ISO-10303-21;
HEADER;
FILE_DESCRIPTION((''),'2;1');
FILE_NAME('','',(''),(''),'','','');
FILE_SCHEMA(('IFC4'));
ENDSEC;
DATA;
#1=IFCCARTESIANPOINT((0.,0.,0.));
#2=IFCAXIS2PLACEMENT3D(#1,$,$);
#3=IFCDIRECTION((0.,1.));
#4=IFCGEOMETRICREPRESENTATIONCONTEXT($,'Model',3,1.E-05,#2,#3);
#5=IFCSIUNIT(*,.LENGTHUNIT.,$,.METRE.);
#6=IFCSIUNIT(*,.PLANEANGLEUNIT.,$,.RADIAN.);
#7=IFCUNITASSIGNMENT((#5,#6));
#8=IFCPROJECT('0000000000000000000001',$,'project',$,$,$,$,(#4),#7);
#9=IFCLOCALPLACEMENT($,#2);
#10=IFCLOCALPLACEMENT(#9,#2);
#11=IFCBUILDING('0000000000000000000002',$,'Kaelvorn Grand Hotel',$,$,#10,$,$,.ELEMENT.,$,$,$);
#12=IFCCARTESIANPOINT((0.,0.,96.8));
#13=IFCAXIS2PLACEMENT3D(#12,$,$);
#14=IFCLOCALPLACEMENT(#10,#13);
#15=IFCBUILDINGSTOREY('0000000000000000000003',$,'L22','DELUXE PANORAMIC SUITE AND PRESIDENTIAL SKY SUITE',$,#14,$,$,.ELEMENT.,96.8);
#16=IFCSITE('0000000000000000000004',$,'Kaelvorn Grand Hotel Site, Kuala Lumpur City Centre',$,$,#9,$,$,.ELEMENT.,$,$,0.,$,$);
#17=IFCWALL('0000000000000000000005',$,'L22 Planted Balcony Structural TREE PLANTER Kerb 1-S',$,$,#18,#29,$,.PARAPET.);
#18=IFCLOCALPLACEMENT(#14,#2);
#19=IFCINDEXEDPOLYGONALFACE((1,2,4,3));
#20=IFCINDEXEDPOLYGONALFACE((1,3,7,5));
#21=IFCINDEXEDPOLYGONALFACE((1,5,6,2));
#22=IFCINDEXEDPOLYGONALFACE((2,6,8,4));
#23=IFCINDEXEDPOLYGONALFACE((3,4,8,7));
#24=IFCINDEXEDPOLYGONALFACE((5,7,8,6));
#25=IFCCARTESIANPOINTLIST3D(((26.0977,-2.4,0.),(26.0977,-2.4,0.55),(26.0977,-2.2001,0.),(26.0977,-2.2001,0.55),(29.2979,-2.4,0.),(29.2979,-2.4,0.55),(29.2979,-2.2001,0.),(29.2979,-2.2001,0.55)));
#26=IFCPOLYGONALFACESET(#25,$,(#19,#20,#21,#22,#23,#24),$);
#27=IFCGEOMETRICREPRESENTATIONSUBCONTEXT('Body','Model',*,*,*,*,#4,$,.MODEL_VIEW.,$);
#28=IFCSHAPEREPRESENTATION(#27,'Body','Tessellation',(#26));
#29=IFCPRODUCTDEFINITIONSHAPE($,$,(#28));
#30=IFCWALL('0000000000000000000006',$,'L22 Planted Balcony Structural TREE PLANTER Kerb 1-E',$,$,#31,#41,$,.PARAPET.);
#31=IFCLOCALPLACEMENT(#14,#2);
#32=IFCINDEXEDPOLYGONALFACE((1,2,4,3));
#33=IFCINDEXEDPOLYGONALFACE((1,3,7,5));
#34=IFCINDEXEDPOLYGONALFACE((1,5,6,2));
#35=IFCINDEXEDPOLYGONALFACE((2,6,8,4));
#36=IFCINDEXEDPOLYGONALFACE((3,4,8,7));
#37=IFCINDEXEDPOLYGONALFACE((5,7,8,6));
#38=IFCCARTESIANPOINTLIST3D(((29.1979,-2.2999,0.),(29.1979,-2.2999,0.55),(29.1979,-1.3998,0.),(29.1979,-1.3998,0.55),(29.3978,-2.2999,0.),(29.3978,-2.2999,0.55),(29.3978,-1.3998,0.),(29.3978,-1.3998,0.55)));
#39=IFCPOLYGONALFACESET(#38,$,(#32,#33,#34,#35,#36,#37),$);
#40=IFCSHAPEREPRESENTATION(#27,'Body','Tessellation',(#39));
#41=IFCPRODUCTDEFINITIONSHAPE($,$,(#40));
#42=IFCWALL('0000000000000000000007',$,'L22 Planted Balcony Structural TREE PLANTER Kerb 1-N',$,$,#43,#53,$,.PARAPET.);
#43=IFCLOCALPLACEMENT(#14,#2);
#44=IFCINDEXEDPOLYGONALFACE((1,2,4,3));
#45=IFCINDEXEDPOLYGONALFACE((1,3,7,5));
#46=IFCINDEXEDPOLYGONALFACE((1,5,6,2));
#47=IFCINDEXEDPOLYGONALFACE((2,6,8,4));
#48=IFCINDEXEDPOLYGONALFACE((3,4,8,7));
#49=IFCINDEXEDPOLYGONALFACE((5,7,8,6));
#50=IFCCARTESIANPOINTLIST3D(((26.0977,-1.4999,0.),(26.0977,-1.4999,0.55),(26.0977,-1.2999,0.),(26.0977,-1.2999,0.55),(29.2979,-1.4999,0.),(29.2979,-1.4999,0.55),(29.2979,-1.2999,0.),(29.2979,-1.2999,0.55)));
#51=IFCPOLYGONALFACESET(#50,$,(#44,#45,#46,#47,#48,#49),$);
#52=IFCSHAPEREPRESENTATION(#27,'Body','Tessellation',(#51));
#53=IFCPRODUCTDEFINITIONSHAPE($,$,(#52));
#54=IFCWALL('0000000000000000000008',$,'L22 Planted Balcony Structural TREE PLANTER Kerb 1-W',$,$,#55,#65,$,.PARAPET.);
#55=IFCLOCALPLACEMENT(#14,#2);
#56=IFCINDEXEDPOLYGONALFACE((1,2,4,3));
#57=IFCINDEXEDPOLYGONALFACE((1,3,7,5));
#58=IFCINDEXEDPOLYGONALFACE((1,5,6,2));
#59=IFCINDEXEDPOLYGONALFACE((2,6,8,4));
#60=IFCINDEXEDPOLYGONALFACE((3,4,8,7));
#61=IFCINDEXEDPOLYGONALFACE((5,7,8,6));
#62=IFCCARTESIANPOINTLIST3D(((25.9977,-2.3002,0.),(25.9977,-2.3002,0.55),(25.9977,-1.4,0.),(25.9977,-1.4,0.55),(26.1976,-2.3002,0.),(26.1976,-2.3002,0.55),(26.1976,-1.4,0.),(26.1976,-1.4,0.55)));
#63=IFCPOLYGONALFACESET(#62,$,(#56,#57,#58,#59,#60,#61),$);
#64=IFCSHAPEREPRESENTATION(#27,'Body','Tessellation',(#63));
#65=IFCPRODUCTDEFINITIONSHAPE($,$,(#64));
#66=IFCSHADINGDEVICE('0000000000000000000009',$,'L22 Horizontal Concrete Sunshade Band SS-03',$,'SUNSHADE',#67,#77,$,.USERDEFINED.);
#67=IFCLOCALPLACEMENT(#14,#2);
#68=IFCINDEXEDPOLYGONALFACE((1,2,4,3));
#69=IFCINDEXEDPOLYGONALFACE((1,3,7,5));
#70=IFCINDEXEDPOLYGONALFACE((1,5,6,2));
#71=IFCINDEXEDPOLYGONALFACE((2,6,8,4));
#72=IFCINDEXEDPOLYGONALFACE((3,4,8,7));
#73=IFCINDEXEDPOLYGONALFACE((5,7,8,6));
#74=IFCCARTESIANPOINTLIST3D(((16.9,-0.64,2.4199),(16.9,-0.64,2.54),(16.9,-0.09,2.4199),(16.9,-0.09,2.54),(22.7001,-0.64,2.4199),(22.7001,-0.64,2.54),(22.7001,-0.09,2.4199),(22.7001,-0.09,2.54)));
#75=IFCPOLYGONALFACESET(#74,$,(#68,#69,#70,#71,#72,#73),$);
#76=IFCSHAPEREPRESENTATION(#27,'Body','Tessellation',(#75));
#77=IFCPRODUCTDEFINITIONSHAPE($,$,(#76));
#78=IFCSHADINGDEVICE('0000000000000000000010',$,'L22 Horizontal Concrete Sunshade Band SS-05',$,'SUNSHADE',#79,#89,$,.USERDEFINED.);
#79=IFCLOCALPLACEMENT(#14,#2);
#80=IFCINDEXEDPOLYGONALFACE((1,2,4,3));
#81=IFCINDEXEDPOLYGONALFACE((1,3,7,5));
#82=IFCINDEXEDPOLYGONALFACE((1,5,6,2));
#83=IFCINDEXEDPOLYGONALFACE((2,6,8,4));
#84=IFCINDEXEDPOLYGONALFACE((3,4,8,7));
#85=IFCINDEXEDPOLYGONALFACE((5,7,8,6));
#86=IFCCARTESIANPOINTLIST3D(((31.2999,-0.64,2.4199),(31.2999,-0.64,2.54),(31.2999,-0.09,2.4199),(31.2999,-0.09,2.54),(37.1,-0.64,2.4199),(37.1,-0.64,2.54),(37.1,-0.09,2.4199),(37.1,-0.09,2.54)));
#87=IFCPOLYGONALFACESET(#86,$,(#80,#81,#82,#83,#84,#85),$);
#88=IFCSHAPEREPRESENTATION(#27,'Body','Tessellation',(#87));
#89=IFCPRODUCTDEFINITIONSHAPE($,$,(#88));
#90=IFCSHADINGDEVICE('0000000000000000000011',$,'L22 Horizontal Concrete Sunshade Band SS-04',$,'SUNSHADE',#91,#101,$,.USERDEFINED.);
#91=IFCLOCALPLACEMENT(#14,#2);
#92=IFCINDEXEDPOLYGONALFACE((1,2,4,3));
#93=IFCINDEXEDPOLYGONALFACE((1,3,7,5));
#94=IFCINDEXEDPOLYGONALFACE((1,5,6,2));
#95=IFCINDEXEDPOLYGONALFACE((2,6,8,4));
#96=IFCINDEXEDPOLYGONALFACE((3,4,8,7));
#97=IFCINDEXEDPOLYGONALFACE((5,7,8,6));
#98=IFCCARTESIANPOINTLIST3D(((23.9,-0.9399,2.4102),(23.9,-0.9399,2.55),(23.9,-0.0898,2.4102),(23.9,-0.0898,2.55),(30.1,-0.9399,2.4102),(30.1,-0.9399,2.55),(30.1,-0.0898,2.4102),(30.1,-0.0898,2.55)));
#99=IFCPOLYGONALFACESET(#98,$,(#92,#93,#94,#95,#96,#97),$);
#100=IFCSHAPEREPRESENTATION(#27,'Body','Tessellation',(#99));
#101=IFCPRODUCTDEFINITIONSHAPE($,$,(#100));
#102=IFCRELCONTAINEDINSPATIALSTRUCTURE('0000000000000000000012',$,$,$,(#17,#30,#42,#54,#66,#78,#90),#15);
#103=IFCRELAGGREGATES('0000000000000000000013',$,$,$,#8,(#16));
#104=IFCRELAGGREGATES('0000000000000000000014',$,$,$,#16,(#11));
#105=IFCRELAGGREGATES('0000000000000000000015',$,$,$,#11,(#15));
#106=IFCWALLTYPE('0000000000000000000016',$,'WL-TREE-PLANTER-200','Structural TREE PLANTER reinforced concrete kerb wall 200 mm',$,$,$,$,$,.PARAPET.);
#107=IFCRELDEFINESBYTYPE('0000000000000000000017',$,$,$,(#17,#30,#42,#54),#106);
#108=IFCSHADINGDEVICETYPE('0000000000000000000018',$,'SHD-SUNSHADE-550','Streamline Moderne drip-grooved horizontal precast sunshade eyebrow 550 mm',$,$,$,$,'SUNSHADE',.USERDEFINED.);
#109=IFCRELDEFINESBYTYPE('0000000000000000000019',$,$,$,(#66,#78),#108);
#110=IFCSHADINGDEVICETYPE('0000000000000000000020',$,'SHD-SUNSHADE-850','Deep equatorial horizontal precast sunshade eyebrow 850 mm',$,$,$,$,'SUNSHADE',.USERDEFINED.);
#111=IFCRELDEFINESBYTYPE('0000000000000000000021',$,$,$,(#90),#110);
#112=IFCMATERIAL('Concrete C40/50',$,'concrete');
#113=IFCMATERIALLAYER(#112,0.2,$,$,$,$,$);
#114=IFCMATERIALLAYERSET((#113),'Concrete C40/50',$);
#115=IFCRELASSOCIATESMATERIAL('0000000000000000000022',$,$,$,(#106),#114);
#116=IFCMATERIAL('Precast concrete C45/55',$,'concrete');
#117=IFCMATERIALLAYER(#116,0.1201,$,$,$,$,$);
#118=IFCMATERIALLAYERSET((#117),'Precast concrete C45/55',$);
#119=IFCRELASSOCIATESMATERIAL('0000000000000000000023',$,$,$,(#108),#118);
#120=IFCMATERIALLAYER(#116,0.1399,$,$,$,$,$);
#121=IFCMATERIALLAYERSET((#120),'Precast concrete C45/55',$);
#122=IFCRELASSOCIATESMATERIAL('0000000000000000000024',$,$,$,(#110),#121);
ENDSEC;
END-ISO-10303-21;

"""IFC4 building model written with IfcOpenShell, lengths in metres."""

from ifc_helpers import new_model, si_unit, direction, frame, frame_2d, origin, origin_2d, place, context, subcontext, project, spatial, rectangle, extrude, material, layer, layer_set, type_object, element, save


model = new_model("IFC4")

# Units and contexts
model_context = context("Model", 3, precision=1e-05, world=origin(), true_north=direction((0.0, 1.0)))
body_context = subcontext(model_context, "Body", "Model", "MODEL_VIEW")
ifc_project = project(units=[si_unit("LENGTHUNIT", "METRE"), si_unit("PLANEANGLEUNIT", "RADIAN")], contexts=[model_context])

# Site, building, storey
site_placement = place(None, origin())
site = spatial("IfcSite", under=ifc_project, at=site_placement, Name="Kaelvorn Grand Hotel Site, Kuala Lumpur City Centre", CompositionType="ELEMENT", RefElevation=0.0)
building_placement = place(site_placement, origin())
building = spatial("IfcBuilding", under=site, at=building_placement, Name="Kaelvorn Grand Hotel", CompositionType="ELEMENT")
storey_placement = place(building_placement, frame((0.0, 0.0, 96.8)))
storey = spatial("IfcBuildingStorey", under=building, at=storey_placement, Name="L22", Description="DELUXE PANORAMIC SUITE AND PRESIDENTIAL SKY SUITE", CompositionType="ELEMENT", Elevation=96.8)

# Shared definitions
ifc_material_1 = material(Name="Concrete C40/50", Category="concrete")

# Walls
ifc_layer_1 = layer(ifc_material_1, 0.2)
ifc_layer_set_1 = layer_set([ifc_layer_1], Name="Concrete C40/50")
wall_type_1 = type_object("IfcWallType", Name="WL-TREE-PLANTER-200", Description="Structural TREE PLANTER reinforced concrete kerb wall 200 mm", PredefinedType="PARAPET", material=ifc_layer_set_1)
wall_1_placement = place(storey_placement, frame((26.0977, -2.3, 0.0), z_axis=(0.0, 0.0, 1.0), x_axis=(1.0, 0.0, 0.0)))
element("IfcWall", 1, at=wall_1_placement, inside=storey, type_object=wall_type_1, Name="L22 Planted Balcony Structural TREE PLANTER Kerb 1-S", PredefinedType="PARAPET", context=body_context, shape_type="SweptSolid", body=[
    extrude(rectangle(XDim=3.2002, YDim=0.2, at=frame_2d((1.6001, 0.0))), origin(), (0.0, 0.0, 1.0), 0.55),
])
wall_2_placement = place(storey_placement, frame((29.2979, -2.3, 0.0), z_axis=(0.0, 0.0, 1.0), x_axis=(0.0, 1.0, 0.0)))
element("IfcWall", 2, at=wall_2_placement, inside=storey, type_object=wall_type_1, Name="L22 Planted Balcony Structural TREE PLANTER Kerb 1-E", PredefinedType="PARAPET", context=body_context, shape_type="SweptSolid", body=[
    extrude(rectangle(XDim=0.9001, YDim=0.2, at=frame_2d((0.4502, 0.0))), origin(), (0.0, 0.0, 1.0), 0.55),
])
wall_3_placement = place(storey_placement, frame((29.2979, -1.3999, 0.0), z_axis=(0.0, 0.0, 1.0), x_axis=(-1.0, 0.0, 0.0)))
element("IfcWall", 3, at=wall_3_placement, inside=storey, type_object=wall_type_1, Name="L22 Planted Balcony Structural TREE PLANTER Kerb 1-N", PredefinedType="PARAPET", context=body_context, shape_type="SweptSolid", body=[
    extrude(rectangle(XDim=3.2002, YDim=0.2, at=frame_2d((1.6001, 0.0))), origin(), (0.0, 0.0, 1.0), 0.55),
])
wall_4_placement = place(storey_placement, frame((26.0977, -1.3999, 0.0), z_axis=(0.0, 0.0, 1.0), x_axis=(0.0, -1.0, 0.0)))
element("IfcWall", 4, at=wall_4_placement, inside=storey, type_object=wall_type_1, Name="L22 Planted Balcony Structural TREE PLANTER Kerb 1-W", PredefinedType="PARAPET", context=body_context, shape_type="SweptSolid", body=[
    extrude(rectangle(XDim=0.9001, YDim=0.2, at=frame_2d((0.4502, 0.0))), origin(), (0.0, 0.0, 1.0), 0.55),
])

# Shading devices
ifc_material_2 = material(Name="Precast concrete C45/55", Category="concrete")
ifc_layer_2 = layer(ifc_material_2, 0.1201)
ifc_layer_set_2 = layer_set([ifc_layer_2], Name="Precast concrete C45/55")
shading_device_type_1 = type_object("IfcShadingDeviceType", Name="SHD-SUNSHADE-550", Description="Streamline Moderne drip-grooved horizontal precast sunshade eyebrow 550 mm", ElementType="SUNSHADE", PredefinedType="USERDEFINED", material=ifc_layer_set_2)
for number, where, z_axis, x_axis, name in (
    (5, (19.8, -0.365, 2.4199), (0.0, 0.0, 1.0), (1.0, 0.0, 0.0), "L22 Horizontal Concrete Sunshade Band SS-03"),
    (6, (34.2, -0.365, 2.4199), (0.0, 0.0, 1.0), (1.0, 0.0, 0.0), "L22 Horizontal Concrete Sunshade Band SS-05"),
):
    element("IfcShadingDevice", number, at=place(storey_placement, frame(where, z_axis=z_axis, x_axis=x_axis)), inside=storey, type_object=shading_device_type_1, Name=name, ObjectType="SUNSHADE", PredefinedType="USERDEFINED", context=body_context, shape_type="SweptSolid", body=[
        extrude(rectangle(XDim=5.8, YDim=0.55, at=origin_2d()), origin(), (0.0, 0.0, 1.0), 0.1201),
    ])
ifc_layer_3 = layer(ifc_material_2, 0.1399)
ifc_layer_set_3 = layer_set([ifc_layer_3], Name="Precast concrete C45/55")
shading_device_type_2 = type_object("IfcShadingDeviceType", Name="SHD-SUNSHADE-850", Description="Deep equatorial horizontal precast sunshade eyebrow 850 mm", ElementType="SUNSHADE", PredefinedType="USERDEFINED", material=ifc_layer_set_3)
shading_device_placement = place(storey_placement, frame((27.0, -0.5149, 2.4102), z_axis=(0.0, 0.0, 1.0), x_axis=(1.0, 0.0, 0.0)))
element("IfcShadingDevice", 7, at=shading_device_placement, inside=storey, type_object=shading_device_type_2, Name="L22 Horizontal Concrete Sunshade Band SS-04", ObjectType="SUNSHADE", PredefinedType="USERDEFINED", context=body_context, shape_type="SweptSolid", body=[
    extrude(rectangle(XDim=6.2, YDim=0.8501, at=origin_2d()), origin(), (0.0, 0.0, 1.0), 0.1399),
])

save(model, "model.ifc")
